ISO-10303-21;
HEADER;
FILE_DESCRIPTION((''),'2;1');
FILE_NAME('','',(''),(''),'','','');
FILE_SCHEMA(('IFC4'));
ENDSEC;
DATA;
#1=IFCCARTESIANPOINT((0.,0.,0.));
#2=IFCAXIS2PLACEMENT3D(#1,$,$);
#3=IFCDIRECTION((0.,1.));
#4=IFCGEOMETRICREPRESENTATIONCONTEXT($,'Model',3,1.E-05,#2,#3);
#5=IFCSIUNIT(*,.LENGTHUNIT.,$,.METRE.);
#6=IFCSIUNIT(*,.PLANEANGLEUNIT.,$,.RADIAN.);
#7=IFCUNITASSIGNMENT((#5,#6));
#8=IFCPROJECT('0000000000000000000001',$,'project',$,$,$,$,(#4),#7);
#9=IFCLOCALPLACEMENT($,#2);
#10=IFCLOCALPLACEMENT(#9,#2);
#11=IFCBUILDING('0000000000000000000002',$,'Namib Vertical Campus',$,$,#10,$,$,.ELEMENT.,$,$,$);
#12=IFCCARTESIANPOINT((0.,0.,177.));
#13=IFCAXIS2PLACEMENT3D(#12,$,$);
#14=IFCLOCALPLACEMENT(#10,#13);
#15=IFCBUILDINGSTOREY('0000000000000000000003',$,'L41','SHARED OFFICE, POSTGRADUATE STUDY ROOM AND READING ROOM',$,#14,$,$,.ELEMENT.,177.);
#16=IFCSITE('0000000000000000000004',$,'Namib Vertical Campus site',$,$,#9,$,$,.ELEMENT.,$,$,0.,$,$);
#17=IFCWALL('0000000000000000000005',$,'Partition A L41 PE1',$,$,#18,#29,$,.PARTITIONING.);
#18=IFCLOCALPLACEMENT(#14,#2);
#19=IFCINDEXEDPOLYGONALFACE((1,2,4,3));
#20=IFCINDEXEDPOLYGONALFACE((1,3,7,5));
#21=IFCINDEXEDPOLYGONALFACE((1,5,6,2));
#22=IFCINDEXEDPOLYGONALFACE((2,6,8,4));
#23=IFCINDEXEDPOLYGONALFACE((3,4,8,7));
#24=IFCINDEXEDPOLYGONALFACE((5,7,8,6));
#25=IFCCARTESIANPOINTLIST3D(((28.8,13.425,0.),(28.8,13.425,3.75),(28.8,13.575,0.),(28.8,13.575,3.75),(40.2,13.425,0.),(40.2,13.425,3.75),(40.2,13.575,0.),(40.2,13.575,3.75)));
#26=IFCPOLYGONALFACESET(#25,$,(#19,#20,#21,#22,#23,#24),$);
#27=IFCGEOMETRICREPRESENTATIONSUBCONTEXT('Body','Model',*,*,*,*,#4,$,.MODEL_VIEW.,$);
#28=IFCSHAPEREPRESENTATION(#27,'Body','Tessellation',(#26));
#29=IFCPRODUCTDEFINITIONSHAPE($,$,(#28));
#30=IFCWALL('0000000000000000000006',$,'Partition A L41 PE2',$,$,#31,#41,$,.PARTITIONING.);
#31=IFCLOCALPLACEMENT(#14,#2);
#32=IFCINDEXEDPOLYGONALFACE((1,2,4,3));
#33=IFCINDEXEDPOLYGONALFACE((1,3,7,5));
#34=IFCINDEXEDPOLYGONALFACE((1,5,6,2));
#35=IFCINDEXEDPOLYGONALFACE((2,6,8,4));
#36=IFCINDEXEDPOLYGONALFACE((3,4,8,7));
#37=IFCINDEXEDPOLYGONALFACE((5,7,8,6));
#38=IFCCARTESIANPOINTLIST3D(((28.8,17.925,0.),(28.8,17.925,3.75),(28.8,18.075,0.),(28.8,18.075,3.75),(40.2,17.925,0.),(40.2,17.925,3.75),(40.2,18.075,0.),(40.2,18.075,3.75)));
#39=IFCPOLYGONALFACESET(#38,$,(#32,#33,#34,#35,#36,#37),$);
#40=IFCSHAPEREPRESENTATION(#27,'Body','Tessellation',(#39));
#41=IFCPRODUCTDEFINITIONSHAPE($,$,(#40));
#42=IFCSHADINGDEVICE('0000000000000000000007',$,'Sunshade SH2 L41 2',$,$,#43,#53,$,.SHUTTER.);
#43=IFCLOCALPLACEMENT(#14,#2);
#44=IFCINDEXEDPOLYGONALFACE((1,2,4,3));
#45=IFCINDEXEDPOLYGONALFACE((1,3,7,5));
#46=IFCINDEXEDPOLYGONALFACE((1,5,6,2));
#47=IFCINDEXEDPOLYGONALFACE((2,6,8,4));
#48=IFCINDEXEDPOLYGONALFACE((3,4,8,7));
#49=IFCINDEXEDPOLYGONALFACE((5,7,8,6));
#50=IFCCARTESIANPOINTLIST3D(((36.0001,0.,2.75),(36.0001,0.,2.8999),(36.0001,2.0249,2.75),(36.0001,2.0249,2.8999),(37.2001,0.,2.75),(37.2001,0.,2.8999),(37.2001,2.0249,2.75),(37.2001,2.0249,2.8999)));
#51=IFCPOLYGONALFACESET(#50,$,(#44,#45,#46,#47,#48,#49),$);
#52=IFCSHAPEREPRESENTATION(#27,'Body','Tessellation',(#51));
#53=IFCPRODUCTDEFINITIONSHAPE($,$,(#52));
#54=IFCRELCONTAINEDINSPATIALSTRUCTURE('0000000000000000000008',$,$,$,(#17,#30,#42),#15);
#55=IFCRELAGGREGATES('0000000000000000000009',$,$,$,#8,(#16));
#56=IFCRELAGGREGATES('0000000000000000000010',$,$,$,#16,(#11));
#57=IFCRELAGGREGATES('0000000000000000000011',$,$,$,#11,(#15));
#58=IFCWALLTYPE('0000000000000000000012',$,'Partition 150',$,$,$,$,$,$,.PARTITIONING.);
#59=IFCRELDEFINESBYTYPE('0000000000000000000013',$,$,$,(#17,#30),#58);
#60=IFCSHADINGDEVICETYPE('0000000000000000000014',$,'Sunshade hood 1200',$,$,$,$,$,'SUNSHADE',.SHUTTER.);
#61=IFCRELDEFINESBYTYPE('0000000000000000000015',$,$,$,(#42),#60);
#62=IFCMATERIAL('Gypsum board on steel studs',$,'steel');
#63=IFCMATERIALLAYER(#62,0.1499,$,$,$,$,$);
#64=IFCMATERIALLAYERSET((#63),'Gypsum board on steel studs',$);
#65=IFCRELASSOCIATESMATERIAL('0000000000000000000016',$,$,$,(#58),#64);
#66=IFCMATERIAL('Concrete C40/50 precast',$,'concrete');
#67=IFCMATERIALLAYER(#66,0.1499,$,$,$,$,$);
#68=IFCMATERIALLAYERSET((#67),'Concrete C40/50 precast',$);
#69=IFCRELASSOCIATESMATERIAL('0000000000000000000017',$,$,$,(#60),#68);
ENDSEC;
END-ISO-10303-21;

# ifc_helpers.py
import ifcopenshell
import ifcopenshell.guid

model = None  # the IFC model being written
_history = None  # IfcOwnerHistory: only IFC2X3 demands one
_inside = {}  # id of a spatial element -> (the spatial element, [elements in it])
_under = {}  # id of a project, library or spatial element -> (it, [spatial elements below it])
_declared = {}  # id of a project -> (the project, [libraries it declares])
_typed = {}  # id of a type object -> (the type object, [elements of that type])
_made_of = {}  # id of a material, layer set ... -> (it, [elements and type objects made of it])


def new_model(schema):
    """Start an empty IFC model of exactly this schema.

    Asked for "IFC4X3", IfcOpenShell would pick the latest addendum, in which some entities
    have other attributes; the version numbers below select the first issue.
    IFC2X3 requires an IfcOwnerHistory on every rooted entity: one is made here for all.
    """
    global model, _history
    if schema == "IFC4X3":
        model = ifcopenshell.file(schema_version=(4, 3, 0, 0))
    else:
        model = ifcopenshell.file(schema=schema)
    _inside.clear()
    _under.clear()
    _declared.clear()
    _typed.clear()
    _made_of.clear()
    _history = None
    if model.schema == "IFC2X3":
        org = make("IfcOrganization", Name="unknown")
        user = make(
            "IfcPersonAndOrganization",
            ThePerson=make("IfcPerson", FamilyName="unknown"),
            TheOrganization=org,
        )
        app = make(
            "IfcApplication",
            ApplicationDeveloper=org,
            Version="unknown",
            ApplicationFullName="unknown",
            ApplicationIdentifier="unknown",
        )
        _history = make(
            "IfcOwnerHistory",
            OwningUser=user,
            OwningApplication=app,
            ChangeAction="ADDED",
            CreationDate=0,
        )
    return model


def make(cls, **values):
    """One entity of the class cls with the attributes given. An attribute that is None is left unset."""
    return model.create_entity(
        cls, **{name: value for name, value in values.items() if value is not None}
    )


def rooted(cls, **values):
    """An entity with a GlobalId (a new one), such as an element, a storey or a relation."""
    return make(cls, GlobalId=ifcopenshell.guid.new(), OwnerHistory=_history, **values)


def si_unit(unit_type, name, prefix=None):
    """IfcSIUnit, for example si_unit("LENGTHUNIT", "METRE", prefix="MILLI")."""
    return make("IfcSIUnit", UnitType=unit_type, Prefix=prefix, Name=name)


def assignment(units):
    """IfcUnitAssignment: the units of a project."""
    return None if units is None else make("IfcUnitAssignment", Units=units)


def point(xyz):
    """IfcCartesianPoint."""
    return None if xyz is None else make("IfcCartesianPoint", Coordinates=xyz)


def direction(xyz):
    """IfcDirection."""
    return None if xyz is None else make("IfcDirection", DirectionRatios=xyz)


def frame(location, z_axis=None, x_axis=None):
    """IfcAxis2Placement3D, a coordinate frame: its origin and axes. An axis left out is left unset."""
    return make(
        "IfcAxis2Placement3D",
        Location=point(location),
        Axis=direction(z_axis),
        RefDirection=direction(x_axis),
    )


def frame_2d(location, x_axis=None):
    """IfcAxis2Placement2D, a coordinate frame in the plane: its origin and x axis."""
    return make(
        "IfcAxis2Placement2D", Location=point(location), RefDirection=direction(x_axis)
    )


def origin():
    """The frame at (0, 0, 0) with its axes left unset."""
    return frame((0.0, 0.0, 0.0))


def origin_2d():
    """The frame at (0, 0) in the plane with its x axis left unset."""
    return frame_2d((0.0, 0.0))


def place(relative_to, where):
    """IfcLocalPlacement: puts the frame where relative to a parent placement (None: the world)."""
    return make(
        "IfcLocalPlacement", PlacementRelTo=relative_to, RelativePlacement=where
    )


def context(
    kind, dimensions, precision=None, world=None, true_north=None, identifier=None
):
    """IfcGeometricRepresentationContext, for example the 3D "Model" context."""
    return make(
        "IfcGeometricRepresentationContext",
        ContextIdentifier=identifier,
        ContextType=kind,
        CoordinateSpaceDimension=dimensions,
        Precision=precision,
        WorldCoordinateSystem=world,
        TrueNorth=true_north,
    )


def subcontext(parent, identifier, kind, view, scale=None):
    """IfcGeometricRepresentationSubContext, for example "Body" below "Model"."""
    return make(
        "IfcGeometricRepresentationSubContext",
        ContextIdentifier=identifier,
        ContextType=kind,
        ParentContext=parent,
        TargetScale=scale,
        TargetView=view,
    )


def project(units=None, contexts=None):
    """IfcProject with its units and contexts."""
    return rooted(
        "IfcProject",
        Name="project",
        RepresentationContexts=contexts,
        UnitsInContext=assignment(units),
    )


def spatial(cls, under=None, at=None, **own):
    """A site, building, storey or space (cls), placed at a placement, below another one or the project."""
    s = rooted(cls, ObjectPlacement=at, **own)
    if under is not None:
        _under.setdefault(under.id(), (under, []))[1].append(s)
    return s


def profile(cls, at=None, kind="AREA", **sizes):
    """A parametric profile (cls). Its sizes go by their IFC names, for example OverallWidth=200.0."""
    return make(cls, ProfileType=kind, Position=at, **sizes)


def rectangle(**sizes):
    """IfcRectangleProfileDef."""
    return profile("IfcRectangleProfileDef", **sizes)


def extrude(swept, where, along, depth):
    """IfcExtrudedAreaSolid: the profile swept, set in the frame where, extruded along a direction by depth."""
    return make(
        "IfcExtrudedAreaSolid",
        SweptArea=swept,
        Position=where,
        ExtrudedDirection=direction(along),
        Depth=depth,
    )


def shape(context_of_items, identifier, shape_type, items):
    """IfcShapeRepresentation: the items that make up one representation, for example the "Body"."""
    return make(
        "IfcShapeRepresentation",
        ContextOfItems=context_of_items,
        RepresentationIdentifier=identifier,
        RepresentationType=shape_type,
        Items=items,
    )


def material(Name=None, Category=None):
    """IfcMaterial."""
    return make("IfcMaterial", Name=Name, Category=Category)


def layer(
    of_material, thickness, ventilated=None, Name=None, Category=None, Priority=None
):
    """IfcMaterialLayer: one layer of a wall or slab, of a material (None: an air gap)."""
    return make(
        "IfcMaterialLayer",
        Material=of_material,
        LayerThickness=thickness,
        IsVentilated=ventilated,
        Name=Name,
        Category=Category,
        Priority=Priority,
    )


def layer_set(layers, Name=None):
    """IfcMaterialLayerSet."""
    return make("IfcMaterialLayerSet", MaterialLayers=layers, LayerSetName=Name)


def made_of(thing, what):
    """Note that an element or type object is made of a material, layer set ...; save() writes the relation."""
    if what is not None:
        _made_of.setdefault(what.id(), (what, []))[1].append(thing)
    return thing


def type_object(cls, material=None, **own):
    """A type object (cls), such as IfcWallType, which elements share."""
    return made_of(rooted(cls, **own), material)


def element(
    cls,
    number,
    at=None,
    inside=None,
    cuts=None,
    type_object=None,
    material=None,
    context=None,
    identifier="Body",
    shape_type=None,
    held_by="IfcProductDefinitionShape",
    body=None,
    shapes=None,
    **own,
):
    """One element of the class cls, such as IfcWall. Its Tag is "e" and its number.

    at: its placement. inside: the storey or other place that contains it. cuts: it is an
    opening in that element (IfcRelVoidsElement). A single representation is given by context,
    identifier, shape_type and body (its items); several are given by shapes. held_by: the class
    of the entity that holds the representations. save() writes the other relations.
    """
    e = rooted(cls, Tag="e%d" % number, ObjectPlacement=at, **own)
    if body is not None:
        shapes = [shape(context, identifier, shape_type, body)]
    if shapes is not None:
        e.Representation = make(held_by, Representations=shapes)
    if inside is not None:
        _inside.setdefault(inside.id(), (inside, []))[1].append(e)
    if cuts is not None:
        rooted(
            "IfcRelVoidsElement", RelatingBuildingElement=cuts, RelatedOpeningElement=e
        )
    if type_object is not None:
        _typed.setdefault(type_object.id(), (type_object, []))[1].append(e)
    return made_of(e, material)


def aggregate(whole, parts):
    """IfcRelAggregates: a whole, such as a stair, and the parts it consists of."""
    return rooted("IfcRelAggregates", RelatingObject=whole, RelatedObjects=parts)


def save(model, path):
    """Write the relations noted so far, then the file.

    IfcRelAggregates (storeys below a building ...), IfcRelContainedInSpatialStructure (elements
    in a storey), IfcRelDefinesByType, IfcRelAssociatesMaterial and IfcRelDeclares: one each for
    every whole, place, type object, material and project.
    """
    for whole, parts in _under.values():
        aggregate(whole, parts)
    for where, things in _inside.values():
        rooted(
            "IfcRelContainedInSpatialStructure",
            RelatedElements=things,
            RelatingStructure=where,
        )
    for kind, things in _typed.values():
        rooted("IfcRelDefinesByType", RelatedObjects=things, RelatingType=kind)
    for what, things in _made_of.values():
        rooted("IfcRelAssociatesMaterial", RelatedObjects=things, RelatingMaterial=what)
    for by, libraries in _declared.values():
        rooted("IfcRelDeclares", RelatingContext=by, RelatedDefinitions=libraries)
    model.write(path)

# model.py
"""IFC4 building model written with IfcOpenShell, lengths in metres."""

from ifc_helpers import new_model, si_unit, direction, frame, frame_2d, origin, origin_2d, place, context, subcontext, project, spatial, rectangle, extrude, material, layer, layer_set, type_object, element, save


model = new_model("IFC4")

# Units and contexts
model_context = context("Model", 3, precision=1e-05, world=origin(), true_north=direction((0.0, 1.0)))
body_context = subcontext(model_context, "Body", "Model", "MODEL_VIEW")
ifc_project = project(units=[si_unit("LENGTHUNIT", "METRE"), si_unit("PLANEANGLEUNIT", "RADIAN")], contexts=[model_context])

# Site, building, storey
site_placement = place(None, origin())
site = spatial("IfcSite", under=ifc_project, at=site_placement, Name="Namib Vertical Campus site", CompositionType="ELEMENT", RefElevation=0.0)
building_placement = place(site_placement, origin())
building = spatial("IfcBuilding", under=site, at=building_placement, Name="Namib Vertical Campus", CompositionType="ELEMENT")
storey_placement = place(building_placement, frame((0.0, 0.0, 177.0)))
storey = spatial("IfcBuildingStorey", under=building, at=storey_placement, Name="L41", Description="SHARED OFFICE, POSTGRADUATE STUDY ROOM AND READING ROOM", CompositionType="ELEMENT", Elevation=177.0)

# Walls
ifc_material_1 = material(Name="Gypsum board on steel studs", Category="steel")
ifc_layer_1 = layer(ifc_material_1, 0.1499)
ifc_layer_set_1 = layer_set([ifc_layer_1], Name="Gypsum board on steel studs")
wall_type_1 = type_object("IfcWallType", Name="Partition 150", PredefinedType="PARTITIONING", material=ifc_layer_set_1)
for number, where, z_axis, x_axis, name in (
    (1, (28.8, 13.5, 0.0), (0.0, 0.0, 1.0), (1.0, 0.0, 0.0), "Partition A L41 PE1"),
    (2, (28.8, 18.0, 0.0), (0.0, 0.0, 1.0), (1.0, 0.0, 0.0), "Partition A L41 PE2"),
):
    element("IfcWall", number, at=place(storey_placement, frame(where, z_axis=z_axis, x_axis=x_axis)), inside=storey, type_object=wall_type_1, Name=name, PredefinedType="PARTITIONING", context=body_context, shape_type="SweptSolid", body=[
        extrude(rectangle(XDim=11.3999, YDim=0.1499, at=frame_2d((5.7, 0.0))), origin(), (0.0, 0.0, 1.0), 3.75),
    ])

# Shading device
ifc_material_2 = material(Name="Concrete C40/50 precast", Category="concrete")
ifc_layer_2 = layer(ifc_material_2, 0.1499)
ifc_layer_set_2 = layer_set([ifc_layer_2], Name="Concrete C40/50 precast")
shading_device_type = type_object("IfcShadingDeviceType", Name="Sunshade hood 1200", ElementType="SUNSHADE", PredefinedType="SHUTTER", material=ifc_layer_set_2)
shading_device_placement = place(storey_placement, frame((36.6001, 1.0125, 2.75), z_axis=(0.0, 0.0, 1.0), x_axis=(0.0, 1.0, 0.0)))
element("IfcShadingDevice", 3, at=shading_device_placement, inside=storey, type_object=shading_device_type, Name="Sunshade SH2 L41 2", PredefinedType="SHUTTER", context=body_context, shape_type="SweptSolid", body=[
    extrude(rectangle(XDim=2.0249, YDim=1.2, at=origin_2d()), origin(), (0.0, 0.0, 1.0), 0.1499),
])

save(model, "model.ifc")
